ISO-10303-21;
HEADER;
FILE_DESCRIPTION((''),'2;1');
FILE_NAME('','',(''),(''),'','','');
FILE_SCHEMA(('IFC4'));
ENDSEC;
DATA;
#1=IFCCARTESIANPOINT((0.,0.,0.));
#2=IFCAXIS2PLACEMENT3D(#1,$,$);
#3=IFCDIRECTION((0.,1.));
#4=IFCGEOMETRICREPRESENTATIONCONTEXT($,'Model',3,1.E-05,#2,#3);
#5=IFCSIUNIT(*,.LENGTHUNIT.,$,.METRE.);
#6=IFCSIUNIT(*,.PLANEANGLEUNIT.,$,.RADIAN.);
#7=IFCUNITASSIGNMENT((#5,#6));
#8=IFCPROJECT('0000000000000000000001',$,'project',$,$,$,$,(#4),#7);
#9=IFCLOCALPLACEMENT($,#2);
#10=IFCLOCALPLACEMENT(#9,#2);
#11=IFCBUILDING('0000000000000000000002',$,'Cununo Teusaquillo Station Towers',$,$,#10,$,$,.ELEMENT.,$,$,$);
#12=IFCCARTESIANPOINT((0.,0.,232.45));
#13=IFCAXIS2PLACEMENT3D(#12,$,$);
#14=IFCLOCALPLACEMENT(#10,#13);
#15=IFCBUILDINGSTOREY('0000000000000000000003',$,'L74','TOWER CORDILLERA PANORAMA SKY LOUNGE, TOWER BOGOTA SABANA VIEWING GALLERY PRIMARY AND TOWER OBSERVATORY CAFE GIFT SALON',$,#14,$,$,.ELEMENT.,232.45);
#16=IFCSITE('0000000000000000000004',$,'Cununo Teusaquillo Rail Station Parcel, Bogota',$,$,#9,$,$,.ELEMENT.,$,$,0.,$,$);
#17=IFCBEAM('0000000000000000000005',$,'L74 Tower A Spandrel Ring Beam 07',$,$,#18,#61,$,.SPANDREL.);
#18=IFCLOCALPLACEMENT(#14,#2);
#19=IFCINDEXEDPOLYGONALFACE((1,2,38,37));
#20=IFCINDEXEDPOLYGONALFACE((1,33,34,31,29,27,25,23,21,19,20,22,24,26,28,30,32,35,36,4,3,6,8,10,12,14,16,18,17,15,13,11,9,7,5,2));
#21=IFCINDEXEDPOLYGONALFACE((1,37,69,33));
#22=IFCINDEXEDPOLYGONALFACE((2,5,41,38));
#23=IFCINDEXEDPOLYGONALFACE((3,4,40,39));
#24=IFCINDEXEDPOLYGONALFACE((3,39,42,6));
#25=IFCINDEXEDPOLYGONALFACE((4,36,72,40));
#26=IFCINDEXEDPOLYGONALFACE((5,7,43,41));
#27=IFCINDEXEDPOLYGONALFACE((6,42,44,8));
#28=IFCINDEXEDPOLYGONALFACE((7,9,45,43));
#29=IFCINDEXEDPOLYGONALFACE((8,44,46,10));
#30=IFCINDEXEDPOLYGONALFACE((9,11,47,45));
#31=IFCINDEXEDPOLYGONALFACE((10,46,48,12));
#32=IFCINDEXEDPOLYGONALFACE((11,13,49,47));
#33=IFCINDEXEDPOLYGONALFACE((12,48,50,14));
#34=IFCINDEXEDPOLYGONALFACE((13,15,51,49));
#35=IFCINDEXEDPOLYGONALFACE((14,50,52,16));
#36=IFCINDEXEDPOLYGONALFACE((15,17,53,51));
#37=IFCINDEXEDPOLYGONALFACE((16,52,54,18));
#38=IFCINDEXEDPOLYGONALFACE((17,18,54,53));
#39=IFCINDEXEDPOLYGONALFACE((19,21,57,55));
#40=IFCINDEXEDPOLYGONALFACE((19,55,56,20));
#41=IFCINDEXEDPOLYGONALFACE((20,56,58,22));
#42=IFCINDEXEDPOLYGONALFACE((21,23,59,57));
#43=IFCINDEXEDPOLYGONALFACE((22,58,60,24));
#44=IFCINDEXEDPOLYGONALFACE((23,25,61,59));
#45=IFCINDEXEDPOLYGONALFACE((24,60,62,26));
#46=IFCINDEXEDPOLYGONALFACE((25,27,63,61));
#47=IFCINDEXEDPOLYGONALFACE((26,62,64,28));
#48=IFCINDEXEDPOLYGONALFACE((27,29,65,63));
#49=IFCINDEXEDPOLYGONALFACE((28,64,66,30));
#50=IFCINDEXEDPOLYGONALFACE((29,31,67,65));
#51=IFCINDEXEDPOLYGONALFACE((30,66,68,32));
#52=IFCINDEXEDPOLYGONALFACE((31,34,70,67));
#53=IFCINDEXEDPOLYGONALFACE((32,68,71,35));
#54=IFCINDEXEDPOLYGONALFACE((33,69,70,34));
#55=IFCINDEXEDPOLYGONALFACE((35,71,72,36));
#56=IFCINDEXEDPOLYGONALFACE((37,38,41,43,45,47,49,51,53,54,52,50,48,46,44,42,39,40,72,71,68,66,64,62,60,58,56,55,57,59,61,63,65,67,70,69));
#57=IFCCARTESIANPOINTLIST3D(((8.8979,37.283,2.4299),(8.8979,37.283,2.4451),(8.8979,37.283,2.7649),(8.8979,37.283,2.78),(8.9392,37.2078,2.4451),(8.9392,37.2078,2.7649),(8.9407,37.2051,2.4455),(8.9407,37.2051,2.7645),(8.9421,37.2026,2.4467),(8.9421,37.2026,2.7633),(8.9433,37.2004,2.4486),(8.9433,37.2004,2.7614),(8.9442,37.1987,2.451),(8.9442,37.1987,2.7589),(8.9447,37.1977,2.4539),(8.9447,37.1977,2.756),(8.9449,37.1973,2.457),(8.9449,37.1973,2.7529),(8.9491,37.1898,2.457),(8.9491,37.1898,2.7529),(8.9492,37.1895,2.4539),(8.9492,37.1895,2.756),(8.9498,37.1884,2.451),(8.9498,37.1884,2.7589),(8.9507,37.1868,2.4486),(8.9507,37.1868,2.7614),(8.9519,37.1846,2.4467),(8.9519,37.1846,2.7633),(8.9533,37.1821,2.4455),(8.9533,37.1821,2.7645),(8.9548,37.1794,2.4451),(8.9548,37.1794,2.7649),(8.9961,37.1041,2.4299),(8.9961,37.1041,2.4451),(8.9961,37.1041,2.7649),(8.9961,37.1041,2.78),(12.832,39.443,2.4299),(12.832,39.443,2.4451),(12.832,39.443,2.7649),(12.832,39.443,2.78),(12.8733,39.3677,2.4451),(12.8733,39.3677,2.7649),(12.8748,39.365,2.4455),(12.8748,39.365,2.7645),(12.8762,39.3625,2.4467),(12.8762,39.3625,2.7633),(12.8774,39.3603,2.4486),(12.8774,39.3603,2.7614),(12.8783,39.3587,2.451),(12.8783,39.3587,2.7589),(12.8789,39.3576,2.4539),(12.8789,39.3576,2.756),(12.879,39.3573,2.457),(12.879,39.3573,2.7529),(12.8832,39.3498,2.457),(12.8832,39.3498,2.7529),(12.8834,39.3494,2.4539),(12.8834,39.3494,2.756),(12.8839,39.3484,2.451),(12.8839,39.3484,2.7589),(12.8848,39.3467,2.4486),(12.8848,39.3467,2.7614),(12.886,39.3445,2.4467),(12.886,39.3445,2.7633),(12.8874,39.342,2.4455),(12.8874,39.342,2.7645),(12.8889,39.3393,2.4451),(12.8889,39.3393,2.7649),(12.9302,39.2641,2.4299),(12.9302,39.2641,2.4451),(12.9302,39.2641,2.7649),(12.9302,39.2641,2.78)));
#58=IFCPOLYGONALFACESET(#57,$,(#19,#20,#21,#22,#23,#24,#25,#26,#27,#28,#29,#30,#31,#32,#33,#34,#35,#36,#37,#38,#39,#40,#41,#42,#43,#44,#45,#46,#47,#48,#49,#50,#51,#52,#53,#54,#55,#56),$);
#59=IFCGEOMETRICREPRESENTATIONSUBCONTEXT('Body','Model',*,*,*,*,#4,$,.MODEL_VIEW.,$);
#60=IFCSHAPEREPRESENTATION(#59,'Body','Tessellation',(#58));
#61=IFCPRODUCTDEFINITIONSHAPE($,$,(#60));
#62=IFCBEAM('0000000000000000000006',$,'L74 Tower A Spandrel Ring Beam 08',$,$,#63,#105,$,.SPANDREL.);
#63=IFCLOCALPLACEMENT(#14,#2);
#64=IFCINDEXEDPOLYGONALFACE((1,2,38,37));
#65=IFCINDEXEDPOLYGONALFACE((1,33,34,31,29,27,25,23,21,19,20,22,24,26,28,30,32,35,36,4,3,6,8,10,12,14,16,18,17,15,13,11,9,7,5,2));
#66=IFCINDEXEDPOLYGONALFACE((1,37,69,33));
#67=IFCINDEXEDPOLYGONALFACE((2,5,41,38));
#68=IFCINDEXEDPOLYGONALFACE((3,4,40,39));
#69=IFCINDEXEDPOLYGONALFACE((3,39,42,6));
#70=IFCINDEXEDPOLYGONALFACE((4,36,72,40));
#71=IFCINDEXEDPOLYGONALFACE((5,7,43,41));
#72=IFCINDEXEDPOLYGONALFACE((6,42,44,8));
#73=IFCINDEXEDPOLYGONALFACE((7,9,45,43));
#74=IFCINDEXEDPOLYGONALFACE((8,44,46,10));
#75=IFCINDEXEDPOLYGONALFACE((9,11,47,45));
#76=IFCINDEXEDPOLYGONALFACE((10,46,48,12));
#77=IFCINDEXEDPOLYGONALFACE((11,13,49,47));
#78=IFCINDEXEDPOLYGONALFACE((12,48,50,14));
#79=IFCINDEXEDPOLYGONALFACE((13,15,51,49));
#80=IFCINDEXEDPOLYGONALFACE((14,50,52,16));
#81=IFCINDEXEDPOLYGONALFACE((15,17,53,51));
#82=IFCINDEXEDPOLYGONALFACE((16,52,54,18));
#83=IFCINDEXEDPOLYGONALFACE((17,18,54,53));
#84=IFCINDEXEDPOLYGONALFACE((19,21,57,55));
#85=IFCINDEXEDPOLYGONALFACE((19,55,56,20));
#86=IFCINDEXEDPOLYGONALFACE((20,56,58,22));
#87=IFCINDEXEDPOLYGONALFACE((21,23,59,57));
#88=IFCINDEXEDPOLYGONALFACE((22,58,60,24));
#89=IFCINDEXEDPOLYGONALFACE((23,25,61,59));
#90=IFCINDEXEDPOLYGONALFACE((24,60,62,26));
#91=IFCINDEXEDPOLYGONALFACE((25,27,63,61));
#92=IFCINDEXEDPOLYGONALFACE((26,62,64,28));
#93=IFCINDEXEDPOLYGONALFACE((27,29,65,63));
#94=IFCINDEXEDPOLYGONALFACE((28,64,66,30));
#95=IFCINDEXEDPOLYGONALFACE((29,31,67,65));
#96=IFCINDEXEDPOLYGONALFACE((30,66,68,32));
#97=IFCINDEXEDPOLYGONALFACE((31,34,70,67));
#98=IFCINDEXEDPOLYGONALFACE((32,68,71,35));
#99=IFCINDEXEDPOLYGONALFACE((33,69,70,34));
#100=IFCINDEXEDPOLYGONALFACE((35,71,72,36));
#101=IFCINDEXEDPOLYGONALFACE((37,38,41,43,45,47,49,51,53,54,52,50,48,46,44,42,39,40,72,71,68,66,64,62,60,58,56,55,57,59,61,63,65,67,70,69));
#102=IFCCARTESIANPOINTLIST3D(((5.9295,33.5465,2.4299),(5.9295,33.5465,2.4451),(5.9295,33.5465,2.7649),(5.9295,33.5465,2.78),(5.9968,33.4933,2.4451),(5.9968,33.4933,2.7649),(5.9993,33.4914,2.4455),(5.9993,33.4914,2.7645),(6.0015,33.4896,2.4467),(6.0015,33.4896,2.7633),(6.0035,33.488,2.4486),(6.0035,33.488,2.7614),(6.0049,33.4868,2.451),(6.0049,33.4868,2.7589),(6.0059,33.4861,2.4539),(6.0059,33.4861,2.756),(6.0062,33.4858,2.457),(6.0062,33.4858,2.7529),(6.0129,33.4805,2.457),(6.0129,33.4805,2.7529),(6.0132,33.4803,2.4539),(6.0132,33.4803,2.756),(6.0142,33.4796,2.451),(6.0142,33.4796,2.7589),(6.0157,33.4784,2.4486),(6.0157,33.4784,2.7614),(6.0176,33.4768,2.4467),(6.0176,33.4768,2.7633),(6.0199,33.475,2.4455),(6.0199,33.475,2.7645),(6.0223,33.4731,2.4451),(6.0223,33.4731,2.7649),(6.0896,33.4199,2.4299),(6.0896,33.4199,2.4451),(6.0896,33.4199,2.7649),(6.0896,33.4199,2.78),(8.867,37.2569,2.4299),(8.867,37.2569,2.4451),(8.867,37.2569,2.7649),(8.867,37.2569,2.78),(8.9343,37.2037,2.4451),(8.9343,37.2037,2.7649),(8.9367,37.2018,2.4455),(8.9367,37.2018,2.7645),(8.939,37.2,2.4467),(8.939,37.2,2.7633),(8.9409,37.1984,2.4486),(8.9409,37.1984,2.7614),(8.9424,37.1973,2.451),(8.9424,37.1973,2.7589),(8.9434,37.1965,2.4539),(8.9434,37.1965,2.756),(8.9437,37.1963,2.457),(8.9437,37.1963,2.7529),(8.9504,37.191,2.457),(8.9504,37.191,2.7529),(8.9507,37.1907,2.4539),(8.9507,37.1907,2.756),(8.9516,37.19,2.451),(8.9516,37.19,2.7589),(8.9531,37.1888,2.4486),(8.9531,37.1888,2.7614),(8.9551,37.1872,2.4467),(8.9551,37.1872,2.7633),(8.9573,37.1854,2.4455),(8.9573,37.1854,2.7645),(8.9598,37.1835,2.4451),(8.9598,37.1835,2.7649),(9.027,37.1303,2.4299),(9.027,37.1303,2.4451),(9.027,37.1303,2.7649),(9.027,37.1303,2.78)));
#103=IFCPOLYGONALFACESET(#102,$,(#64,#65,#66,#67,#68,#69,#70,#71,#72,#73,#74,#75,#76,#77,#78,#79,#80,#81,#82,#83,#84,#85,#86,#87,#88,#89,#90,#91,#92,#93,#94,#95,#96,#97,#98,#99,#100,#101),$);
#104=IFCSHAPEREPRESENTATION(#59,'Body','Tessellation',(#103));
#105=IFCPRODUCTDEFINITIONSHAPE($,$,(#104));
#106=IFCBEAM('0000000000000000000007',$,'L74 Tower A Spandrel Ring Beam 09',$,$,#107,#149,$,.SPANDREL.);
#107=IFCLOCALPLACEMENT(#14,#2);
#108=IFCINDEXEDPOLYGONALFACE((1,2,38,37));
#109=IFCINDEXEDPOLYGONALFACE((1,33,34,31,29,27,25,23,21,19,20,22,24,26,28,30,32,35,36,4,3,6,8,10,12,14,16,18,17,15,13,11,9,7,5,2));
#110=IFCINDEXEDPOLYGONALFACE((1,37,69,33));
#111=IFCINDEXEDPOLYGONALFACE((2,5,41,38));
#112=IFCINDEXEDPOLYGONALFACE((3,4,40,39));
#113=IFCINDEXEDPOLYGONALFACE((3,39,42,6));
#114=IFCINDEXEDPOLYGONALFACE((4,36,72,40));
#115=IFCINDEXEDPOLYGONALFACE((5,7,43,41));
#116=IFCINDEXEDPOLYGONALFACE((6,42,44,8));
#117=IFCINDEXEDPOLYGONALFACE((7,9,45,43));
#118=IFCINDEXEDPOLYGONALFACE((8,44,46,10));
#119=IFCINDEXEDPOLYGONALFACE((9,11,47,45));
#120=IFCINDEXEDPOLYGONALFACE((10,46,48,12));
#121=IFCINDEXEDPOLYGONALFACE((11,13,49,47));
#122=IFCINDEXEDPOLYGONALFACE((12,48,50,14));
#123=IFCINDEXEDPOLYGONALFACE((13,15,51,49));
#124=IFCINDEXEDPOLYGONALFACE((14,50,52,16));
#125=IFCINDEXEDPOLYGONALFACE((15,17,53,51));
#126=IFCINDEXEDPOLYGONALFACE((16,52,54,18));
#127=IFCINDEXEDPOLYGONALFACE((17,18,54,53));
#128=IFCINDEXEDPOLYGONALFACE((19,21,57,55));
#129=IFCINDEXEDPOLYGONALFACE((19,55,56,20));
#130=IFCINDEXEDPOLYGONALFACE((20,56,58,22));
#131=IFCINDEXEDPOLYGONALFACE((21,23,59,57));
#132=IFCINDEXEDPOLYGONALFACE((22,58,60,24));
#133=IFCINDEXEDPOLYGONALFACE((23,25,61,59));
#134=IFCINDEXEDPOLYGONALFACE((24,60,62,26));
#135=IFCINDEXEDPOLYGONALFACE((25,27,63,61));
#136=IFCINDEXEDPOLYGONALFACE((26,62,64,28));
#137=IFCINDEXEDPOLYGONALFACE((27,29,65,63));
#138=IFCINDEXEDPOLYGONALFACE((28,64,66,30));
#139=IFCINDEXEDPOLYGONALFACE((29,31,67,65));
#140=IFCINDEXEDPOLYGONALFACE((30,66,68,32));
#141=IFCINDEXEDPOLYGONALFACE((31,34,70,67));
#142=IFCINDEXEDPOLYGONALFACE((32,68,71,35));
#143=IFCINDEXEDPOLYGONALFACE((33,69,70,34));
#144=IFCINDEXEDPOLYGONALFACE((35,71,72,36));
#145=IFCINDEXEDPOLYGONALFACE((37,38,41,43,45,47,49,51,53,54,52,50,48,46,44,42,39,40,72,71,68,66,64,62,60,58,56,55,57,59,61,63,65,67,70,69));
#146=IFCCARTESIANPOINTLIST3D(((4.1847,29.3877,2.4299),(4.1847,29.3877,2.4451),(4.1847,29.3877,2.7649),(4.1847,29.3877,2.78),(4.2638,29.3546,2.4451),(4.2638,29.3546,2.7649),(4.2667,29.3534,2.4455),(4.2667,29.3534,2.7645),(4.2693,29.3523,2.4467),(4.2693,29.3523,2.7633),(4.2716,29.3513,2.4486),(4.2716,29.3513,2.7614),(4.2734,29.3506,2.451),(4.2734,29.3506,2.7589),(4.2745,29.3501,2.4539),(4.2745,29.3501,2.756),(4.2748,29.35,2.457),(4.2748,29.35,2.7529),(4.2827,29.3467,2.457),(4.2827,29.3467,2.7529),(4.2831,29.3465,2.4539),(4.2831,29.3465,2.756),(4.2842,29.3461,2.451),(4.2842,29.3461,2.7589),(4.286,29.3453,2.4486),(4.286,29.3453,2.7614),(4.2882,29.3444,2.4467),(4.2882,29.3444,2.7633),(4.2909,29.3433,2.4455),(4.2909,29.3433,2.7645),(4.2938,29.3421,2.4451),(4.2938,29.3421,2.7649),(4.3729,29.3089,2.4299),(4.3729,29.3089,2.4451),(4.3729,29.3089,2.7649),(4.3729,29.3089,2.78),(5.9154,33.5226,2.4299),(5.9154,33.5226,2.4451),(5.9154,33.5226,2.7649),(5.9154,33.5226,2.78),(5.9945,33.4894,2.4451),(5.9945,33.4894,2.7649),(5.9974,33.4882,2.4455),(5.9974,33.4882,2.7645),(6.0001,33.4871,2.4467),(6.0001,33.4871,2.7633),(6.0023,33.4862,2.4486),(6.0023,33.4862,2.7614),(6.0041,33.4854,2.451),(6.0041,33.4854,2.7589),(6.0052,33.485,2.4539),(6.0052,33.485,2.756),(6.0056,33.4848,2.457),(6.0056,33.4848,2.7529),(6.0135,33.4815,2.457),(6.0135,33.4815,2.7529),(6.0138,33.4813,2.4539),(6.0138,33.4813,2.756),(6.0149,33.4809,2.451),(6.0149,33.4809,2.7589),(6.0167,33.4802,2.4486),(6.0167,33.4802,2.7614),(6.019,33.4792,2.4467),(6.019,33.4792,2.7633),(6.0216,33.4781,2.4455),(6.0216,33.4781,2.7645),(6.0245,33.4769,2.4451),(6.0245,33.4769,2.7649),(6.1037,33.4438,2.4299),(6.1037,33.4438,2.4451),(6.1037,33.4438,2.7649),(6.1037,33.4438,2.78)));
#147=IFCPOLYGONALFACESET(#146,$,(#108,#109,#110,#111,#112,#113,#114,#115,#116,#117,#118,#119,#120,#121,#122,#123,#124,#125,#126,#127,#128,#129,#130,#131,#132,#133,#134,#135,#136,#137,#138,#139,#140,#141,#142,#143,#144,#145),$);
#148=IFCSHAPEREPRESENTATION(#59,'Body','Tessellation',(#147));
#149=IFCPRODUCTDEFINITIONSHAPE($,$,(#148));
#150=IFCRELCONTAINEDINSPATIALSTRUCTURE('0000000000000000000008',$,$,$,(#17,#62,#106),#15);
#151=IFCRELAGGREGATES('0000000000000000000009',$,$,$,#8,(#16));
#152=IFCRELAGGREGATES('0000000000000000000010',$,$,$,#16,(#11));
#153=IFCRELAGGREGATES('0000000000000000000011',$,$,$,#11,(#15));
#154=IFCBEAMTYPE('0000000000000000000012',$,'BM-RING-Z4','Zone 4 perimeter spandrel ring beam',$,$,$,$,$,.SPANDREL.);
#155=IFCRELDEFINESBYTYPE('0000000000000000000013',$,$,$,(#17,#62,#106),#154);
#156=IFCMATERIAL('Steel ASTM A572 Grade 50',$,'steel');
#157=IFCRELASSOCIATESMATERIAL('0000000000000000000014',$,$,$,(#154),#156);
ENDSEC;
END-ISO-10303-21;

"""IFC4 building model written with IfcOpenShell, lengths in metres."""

from ifc_helpers import new_model, si_unit, direction, frame, origin, origin_2d, place, context, subcontext, project, spatial, i_section, extrude, material, material_profile, profile_set, type_object, element, save


model = new_model("IFC4")

# Units and contexts
model_context = context("Model", 3, precision=1e-05, world=origin(), true_north=direction((0.0, 1.0)))
body_context = subcontext(model_context, "Body", "Model", "MODEL_VIEW")
ifc_project = project(units=[si_unit("LENGTHUNIT", "METRE"), si_unit("PLANEANGLEUNIT", "RADIAN")], contexts=[model_context])

# Site, building, storey
site_placement = place(None, origin())
site = spatial("IfcSite", under=ifc_project, at=site_placement, Name="Cununo Teusaquillo Rail Station Parcel, Bogota", CompositionType="ELEMENT", RefElevation=0.0)
building_placement = place(site_placement, origin())
building = spatial("IfcBuilding", under=site, at=building_placement, Name="Cununo Teusaquillo Station Towers", CompositionType="ELEMENT")
storey_placement = place(building_placement, frame((0.0, 0.0, 232.45)))
storey = spatial("IfcBuildingStorey", under=building, at=storey_placement, Name="L74", Description="TOWER CORDILLERA PANORAMA SKY LOUNGE, TOWER BOGOTA SABANA VIEWING GALLERY PRIMARY AND TOWER OBSERVATORY CAFE GIFT SALON", CompositionType="ELEMENT", Elevation=232.45)

# Beams
ifc_material_1 = material(Name="Steel ASTM A572 Grade 50", Category="steel")
ifc_material_profile_1 = material_profile(ifc_material_1, i_section(OverallWidth=0.2041, OverallDepth=0.3501, WebThickness=0.0085, FlangeThickness=0.0151, FilletRadius=0.012, at=origin_2d()), Name="W14X48")
ifc_profile_set_1 = profile_set([ifc_material_profile_1], Name="Steel ASTM A572 Grade 50")
beam_type_1 = type_object("IfcBeamType", Name="BM-RING-Z4", Description="Zone 4 perimeter spandrel ring beam", PredefinedType="SPANDREL", material=ifc_profile_set_1)
beam_1_placement = place(storey_placement, frame((12.8811, 39.3535, 2.605), z_axis=(-0.876576, -0.481263, 0.0), x_axis=(0.481263, -0.876576, 0.0)))
element("IfcBeam", 1, at=beam_1_placement, inside=storey, type_object=beam_type_1, Name="L74 Tower A Spandrel Ring Beam 07", PredefinedType="SPANDREL", context=body_context, shape_type="SweptSolid", body=[
    extrude(i_section(OverallWidth=0.2041, OverallDepth=0.3501, WebThickness=0.0085, FlangeThickness=0.0151, FilletRadius=0.012, at=origin_2d()), origin(), (0.0, 0.0, 1.0), 4.488),
])
beam_2_placement = place(storey_placement, frame((8.947, 37.1936, 2.605), z_axis=(-0.620711, -0.78404, 0.0), x_axis=(0.78404, -0.620711, 0.0)))
element("IfcBeam", 2, at=beam_2_placement, inside=storey, type_object=beam_type_1, Name="L74 Tower A Spandrel Ring Beam 08", PredefinedType="SPANDREL", context=body_context, shape_type="SweptSolid", body=[
    extrude(i_section(OverallWidth=0.2041, OverallDepth=0.3501, WebThickness=0.0085, FlangeThickness=0.0151, FilletRadius=0.012, at=origin_2d()), origin(), (0.0, 0.0, 1.0), 4.7324),
])
beam_3_placement = place(storey_placement, frame((6.0095, 33.4832, 2.605), z_axis=(-0.386115, -0.92245, 0.0), x_axis=(0.92245, -0.386115, 0.0)))
element("IfcBeam", 3, at=beam_3_placement, inside=storey, type_object=beam_type_1, Name="L74 Tower A Spandrel Ring Beam 09", PredefinedType="SPANDREL", context=body_context, shape_type="SweptSolid", body=[
    extrude(i_section(OverallWidth=0.2041, OverallDepth=0.3501, WebThickness=0.0085, FlangeThickness=0.0151, FilletRadius=0.012, at=origin_2d()), origin(), (0.0, 0.0, 1.0), 4.4824),
])

save(model, "model.ifc")
